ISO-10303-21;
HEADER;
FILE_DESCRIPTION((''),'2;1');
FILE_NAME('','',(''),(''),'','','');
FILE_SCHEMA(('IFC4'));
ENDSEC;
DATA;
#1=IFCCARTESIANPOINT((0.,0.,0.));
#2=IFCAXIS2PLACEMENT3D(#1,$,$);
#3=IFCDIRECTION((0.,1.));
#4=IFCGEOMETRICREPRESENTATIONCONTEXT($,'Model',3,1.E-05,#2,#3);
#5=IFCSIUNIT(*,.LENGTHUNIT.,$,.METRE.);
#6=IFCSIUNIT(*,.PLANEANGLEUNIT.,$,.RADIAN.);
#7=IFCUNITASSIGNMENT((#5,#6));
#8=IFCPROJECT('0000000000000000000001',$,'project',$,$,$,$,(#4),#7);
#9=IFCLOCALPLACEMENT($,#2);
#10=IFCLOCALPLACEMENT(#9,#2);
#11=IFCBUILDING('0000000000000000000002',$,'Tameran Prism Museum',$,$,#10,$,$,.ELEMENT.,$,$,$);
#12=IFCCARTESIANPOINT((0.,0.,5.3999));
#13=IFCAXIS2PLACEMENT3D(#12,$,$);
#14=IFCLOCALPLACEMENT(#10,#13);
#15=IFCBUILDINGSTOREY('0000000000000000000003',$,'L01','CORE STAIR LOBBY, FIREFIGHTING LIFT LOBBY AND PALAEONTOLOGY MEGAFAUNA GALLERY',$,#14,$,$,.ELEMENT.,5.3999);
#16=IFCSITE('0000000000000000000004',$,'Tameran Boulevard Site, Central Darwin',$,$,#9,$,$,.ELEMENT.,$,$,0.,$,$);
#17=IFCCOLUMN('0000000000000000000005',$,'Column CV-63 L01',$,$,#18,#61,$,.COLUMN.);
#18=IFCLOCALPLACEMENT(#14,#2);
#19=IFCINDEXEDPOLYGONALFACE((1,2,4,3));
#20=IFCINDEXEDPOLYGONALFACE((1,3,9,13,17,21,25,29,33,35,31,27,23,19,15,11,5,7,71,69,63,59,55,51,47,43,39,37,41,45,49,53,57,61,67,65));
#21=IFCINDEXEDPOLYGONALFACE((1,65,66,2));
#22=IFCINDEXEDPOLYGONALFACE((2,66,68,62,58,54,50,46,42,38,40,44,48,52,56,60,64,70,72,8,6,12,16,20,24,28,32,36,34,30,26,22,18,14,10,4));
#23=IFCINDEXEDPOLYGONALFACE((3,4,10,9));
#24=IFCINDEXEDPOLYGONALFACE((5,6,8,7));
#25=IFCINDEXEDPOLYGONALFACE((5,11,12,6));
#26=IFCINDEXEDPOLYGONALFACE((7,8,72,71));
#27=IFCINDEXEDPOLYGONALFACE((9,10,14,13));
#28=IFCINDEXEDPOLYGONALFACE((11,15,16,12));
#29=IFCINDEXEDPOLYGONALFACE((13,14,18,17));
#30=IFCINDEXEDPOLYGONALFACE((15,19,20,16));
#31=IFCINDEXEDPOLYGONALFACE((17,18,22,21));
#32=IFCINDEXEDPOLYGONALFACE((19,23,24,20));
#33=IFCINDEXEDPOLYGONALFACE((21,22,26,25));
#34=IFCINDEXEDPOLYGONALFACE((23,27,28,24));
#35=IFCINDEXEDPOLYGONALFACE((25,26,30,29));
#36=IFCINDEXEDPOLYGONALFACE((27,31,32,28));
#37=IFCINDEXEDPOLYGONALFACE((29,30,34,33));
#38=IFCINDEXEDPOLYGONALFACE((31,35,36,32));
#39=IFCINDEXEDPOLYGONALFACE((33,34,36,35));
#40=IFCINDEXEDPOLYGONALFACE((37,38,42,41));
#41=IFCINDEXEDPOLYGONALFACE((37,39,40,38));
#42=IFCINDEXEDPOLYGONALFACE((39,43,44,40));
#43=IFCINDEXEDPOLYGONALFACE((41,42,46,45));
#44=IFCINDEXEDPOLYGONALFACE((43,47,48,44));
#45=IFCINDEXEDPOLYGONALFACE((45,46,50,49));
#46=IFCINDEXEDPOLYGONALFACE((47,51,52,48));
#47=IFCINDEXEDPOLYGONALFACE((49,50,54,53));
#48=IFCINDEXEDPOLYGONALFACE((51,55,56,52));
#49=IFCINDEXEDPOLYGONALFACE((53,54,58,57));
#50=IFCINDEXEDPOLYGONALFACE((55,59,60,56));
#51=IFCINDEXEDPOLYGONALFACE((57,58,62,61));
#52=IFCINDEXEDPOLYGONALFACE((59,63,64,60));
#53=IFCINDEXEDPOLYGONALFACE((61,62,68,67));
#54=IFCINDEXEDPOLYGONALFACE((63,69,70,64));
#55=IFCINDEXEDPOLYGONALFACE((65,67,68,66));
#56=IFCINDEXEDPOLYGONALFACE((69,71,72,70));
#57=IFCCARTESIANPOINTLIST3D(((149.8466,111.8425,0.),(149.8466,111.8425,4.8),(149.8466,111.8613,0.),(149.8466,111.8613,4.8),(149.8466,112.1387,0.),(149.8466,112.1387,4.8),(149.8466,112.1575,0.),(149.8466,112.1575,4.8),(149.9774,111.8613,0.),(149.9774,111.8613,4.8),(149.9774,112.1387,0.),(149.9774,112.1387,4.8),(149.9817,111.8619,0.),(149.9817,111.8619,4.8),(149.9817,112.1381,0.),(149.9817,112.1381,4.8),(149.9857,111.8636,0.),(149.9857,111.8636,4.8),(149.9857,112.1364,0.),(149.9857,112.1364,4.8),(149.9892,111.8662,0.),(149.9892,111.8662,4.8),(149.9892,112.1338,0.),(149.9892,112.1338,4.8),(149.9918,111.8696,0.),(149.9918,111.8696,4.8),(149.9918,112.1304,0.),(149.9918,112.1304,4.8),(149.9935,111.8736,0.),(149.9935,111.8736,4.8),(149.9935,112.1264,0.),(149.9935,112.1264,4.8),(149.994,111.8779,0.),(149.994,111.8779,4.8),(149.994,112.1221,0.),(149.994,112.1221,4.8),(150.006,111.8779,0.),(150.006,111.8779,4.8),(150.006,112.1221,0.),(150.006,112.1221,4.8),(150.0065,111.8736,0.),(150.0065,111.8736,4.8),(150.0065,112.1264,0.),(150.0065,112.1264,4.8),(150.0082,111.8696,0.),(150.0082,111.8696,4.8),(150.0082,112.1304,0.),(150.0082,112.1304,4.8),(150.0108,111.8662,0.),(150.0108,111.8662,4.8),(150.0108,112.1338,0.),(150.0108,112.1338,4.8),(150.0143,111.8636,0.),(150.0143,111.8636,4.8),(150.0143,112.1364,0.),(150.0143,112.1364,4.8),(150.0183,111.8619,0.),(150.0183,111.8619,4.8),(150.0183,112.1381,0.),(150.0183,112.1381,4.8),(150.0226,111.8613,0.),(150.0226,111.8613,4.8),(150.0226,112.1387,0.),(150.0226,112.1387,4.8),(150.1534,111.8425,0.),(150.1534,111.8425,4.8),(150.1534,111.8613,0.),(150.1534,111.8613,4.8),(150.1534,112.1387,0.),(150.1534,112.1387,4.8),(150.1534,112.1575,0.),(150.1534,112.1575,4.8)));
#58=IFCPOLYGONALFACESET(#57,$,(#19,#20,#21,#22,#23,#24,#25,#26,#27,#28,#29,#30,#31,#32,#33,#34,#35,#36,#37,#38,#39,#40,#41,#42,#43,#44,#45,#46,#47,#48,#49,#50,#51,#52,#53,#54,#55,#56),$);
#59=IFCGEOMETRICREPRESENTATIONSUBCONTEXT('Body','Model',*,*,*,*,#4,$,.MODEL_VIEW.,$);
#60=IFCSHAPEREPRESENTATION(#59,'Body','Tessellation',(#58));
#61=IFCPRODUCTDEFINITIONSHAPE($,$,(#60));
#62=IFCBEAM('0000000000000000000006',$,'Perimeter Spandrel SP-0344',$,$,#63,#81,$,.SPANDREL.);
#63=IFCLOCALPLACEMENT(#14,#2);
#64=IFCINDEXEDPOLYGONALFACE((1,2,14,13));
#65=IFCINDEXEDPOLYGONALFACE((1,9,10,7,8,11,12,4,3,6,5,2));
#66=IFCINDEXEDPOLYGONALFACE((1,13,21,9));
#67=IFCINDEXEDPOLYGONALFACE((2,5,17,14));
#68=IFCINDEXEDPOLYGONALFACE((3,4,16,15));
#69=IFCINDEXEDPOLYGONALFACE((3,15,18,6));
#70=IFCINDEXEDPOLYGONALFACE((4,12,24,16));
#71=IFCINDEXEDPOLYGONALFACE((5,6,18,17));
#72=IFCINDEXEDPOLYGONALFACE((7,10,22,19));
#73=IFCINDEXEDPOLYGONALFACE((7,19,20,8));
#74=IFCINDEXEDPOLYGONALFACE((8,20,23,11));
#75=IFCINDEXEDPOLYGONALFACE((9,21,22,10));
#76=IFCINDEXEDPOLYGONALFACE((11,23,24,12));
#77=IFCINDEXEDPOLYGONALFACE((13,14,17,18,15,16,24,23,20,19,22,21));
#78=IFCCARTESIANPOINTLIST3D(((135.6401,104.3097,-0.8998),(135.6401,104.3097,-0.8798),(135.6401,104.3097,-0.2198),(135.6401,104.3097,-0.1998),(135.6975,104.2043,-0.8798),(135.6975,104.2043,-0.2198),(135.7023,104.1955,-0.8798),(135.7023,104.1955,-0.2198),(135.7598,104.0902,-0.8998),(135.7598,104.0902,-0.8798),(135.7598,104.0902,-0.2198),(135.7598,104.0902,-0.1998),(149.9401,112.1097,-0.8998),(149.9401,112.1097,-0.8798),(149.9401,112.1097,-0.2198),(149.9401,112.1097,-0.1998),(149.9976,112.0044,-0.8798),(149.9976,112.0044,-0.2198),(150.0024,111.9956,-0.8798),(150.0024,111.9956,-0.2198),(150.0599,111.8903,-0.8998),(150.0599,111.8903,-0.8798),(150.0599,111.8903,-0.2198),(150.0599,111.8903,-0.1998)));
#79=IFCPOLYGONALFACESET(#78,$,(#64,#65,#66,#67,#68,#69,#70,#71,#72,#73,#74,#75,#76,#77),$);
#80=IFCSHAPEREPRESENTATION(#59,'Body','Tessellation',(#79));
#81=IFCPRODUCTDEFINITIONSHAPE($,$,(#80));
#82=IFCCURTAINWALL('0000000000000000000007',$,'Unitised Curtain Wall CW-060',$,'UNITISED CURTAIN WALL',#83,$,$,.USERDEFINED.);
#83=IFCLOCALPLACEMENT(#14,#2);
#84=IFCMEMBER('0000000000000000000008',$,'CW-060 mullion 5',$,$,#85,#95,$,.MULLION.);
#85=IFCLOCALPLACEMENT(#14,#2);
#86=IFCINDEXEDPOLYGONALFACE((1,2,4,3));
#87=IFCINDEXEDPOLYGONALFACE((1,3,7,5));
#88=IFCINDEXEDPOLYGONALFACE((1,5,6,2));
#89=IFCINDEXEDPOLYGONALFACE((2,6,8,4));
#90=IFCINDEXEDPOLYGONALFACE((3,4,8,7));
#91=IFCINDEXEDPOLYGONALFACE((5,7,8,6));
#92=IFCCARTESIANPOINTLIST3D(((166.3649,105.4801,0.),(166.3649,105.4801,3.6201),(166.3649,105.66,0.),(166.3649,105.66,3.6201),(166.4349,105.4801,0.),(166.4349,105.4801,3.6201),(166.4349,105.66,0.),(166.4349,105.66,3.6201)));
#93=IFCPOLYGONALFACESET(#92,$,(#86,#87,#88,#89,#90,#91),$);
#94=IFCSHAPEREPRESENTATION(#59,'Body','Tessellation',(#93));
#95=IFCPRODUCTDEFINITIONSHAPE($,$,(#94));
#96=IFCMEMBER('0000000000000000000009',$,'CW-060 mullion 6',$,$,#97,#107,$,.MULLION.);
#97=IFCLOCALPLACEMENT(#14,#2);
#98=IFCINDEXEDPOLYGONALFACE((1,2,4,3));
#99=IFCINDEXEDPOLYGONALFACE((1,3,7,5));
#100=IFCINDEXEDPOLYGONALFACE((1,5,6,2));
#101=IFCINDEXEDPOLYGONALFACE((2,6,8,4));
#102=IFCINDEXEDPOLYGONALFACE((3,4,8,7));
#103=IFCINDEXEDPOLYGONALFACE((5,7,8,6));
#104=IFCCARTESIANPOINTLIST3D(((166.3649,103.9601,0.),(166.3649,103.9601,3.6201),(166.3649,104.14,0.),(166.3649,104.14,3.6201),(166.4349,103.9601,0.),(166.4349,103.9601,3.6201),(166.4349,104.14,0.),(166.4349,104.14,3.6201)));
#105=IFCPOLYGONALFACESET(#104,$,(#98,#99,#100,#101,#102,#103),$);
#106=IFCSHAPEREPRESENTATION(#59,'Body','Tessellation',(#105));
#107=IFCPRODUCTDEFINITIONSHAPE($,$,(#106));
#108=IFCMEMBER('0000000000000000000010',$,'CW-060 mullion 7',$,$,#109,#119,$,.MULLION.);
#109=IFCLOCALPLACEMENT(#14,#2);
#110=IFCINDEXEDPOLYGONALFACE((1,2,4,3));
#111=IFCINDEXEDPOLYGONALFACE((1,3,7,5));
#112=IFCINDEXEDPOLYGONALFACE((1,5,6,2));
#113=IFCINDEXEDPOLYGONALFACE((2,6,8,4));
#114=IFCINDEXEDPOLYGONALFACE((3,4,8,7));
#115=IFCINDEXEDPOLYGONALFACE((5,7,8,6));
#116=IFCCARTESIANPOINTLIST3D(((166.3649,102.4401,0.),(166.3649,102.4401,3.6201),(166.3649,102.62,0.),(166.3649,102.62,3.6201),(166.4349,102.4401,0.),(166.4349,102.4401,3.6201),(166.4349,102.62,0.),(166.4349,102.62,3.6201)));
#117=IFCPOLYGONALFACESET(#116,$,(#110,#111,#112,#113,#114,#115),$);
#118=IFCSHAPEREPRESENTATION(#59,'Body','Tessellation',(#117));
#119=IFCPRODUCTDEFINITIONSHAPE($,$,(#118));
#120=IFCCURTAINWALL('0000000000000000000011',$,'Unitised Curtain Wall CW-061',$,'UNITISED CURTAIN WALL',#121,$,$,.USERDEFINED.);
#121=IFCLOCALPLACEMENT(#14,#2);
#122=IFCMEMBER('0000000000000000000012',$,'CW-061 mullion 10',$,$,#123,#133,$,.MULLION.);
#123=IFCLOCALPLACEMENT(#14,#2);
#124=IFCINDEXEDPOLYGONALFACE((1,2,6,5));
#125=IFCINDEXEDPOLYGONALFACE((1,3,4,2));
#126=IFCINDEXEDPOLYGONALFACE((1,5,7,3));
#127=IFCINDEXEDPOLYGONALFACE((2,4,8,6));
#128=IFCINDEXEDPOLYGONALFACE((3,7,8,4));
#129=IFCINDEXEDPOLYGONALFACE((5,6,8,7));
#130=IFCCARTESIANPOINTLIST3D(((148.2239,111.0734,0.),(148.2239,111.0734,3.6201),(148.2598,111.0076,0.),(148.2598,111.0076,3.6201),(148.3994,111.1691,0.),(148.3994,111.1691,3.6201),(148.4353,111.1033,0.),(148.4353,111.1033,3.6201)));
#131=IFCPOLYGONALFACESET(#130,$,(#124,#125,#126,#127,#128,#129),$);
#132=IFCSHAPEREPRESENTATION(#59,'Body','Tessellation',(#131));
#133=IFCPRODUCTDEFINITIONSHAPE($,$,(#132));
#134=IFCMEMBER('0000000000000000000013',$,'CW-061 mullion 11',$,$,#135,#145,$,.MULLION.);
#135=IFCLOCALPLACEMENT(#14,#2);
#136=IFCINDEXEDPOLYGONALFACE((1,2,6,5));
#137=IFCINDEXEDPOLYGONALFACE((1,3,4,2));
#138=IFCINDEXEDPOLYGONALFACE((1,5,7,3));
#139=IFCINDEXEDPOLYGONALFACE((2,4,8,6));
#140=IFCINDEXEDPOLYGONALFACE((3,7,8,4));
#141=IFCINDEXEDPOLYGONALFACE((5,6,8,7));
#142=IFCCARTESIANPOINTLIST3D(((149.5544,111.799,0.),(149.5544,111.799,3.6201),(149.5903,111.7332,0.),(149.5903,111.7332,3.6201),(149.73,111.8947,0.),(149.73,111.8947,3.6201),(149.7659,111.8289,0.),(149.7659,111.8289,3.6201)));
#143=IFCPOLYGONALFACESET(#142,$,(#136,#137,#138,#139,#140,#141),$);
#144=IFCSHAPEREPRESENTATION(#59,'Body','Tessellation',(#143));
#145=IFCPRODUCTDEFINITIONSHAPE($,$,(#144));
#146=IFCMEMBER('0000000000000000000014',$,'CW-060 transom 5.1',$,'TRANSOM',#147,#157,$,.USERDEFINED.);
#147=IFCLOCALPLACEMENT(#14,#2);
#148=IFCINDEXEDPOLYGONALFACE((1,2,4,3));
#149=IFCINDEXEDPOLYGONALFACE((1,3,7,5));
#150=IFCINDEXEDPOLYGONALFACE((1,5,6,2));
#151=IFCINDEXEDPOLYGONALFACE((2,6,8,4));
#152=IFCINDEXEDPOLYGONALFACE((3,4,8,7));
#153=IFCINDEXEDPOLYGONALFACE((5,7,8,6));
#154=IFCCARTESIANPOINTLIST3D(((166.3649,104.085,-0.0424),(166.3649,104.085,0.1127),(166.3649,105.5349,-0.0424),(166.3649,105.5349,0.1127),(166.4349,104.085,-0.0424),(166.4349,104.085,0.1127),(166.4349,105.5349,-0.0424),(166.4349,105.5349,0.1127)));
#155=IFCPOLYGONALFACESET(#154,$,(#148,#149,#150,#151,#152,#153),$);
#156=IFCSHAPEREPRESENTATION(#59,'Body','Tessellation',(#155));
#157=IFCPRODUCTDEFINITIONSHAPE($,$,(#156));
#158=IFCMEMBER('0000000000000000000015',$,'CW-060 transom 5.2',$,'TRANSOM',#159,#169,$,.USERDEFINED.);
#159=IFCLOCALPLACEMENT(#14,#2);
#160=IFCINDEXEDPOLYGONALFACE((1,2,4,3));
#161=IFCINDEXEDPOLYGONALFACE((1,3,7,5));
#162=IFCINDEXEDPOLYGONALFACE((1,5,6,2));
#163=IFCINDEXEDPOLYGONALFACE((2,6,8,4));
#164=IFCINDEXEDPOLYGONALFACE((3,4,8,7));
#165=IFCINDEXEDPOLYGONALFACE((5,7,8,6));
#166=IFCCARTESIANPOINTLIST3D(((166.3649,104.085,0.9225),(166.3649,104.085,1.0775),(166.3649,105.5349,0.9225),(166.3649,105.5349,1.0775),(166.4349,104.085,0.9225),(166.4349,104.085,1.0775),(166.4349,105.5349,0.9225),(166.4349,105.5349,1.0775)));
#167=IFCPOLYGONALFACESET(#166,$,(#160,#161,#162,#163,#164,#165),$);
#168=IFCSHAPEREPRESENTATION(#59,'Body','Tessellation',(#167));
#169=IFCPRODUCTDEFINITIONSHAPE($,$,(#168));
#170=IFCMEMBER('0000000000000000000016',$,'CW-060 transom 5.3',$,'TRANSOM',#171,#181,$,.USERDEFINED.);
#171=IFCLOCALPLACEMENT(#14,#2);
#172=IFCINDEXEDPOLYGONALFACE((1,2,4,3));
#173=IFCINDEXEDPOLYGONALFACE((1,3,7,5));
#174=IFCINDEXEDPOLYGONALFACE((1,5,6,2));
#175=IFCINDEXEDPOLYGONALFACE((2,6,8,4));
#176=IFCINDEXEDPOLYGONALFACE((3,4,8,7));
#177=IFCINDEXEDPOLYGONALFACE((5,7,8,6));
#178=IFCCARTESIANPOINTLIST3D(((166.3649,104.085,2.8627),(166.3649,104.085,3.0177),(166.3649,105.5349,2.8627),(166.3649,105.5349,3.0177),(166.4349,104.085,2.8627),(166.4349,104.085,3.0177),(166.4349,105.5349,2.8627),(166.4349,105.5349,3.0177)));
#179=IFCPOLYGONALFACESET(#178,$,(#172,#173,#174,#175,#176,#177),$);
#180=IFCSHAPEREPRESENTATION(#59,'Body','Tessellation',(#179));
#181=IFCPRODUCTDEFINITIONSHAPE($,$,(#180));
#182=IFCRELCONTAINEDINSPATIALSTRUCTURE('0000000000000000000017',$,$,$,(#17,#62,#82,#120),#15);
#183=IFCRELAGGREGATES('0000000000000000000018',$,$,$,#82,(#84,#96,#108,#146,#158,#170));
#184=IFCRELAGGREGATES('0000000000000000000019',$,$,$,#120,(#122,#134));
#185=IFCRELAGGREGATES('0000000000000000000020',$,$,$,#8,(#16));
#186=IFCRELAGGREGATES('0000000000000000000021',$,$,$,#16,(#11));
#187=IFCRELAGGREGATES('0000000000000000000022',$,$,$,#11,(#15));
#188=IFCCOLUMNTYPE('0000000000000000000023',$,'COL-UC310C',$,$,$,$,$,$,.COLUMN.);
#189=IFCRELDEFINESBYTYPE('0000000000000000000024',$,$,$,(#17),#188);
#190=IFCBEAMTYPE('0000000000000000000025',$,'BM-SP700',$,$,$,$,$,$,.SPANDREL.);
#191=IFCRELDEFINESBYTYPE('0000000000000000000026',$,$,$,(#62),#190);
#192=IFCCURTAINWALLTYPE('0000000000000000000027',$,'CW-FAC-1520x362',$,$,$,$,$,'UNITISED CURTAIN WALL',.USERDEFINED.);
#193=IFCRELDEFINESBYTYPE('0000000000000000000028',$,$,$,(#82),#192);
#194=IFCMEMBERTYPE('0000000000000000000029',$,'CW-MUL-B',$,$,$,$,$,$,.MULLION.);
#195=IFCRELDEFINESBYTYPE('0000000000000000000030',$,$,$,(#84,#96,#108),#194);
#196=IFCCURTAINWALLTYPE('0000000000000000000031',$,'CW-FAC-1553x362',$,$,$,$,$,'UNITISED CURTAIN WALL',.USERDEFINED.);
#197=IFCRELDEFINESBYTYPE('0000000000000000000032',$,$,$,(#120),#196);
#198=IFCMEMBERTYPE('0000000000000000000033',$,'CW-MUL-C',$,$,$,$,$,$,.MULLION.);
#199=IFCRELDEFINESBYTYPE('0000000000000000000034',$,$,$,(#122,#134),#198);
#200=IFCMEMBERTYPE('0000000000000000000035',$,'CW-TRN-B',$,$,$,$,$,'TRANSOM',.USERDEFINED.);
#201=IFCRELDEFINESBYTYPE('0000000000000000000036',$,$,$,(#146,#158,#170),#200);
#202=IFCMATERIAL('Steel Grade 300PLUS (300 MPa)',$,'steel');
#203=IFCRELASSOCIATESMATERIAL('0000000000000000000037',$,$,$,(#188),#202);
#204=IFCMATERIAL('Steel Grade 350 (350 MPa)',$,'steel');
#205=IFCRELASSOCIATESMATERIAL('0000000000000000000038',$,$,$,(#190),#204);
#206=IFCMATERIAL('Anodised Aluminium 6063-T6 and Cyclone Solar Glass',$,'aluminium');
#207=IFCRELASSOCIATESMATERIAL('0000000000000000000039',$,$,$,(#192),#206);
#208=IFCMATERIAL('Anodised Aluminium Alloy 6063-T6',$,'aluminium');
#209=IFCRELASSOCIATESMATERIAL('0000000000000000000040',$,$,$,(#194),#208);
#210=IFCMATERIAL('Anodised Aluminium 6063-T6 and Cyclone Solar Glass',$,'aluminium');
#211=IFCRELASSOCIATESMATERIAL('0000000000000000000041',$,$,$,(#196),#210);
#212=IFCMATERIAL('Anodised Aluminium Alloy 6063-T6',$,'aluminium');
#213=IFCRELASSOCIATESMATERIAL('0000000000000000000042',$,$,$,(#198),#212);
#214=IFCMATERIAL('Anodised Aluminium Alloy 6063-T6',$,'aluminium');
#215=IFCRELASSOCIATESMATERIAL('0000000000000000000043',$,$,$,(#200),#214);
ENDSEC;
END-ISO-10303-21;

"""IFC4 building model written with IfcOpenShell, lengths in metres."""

from ifc_helpers import new_model, si_unit, direction, frame, origin, origin_2d, place, context, subcontext, project, spatial, rectangle, i_section, extrude, material, material_profile, profile_set, type_object, element, aggregate, save


model = new_model("IFC4")

# Units and contexts
model_context = context("Model", 3, precision=1e-05, world=origin(), true_north=direction((0.0, 1.0)))
body_context = subcontext(model_context, "Body", "Model", "MODEL_VIEW")
ifc_project = project(units=[si_unit("LENGTHUNIT", "METRE"), si_unit("PLANEANGLEUNIT", "RADIAN")], contexts=[model_context])

# Site, building, storey
site_placement = place(None, origin())
site = spatial("IfcSite", under=ifc_project, at=site_placement, Name="Tameran Boulevard Site, Central Darwin", CompositionType="ELEMENT", RefElevation=0.0)
building_placement = place(site_placement, origin())
building = spatial("IfcBuilding", under=site, at=building_placement, Name="Tameran Prism Museum", CompositionType="ELEMENT")
storey_placement = place(building_placement, frame((0.0, 0.0, 5.3999)))
storey = spatial("IfcBuildingStorey", under=building, at=storey_placement, Name="L01", Description="CORE STAIR LOBBY, FIREFIGHTING LIFT LOBBY AND PALAEONTOLOGY MEGAFAUNA GALLERY", CompositionType="ELEMENT", Elevation=5.3999)

# Column
ifc_material_1 = material(Name="Steel Grade 300PLUS (300 MPa)", Category="steel")
ifc_material_profile_1 = material_profile(ifc_material_1, i_section(OverallWidth=0.3069, OverallDepth=0.3149, WebThickness=0.012, FlangeThickness=0.0188, FilletRadius=0.0166, at=origin_2d()))
ifc_profile_set_1 = profile_set([ifc_material_profile_1])
column_type = type_object("IfcColumnType", Name="COL-UC310C", PredefinedType="COLUMN", material=ifc_profile_set_1)
column_placement = place(storey_placement, frame((150.0, 112.0, 0.0), z_axis=(0.0, 0.0, 1.0), x_axis=(1.0, 0.0, 0.0)))
element("IfcColumn", 1, at=column_placement, inside=storey, type_object=column_type, Name="Column CV-63 L01", PredefinedType="COLUMN", context=body_context, shape_type="SweptSolid", body=[
    extrude(i_section(OverallWidth=0.3069, OverallDepth=0.3149, WebThickness=0.012, FlangeThickness=0.0188, FilletRadius=0.0166, at=origin_2d()), origin(), (0.0, 0.0, 1.0), 4.8),
])

# Beam
ifc_material_2 = material(Name="Steel Grade 350 (350 MPa)", Category="steel")
ifc_material_profile_2 = material_profile(ifc_material_2, i_section(OverallWidth=0.25, OverallDepth=0.7, WebThickness=0.01, FlangeThickness=0.02, at=origin_2d()))
ifc_profile_set_2 = profile_set([ifc_material_profile_2])
beam_type = type_object("IfcBeamType", Name="BM-SP700", PredefinedType="SPANDREL", material=ifc_profile_set_2)
beam_placement = place(storey_placement, frame((150.0, 112.0, -0.5498), z_axis=(-0.877895, -0.478853, 0.0), x_axis=(0.478853, -0.877895, 0.0)))
element("IfcBeam", 2, at=beam_placement, inside=storey, type_object=beam_type, Name="Perimeter Spandrel SP-0344", PredefinedType="SPANDREL", context=body_context, shape_type="SweptSolid", body=[
    extrude(i_section(OverallWidth=0.25, OverallDepth=0.7, WebThickness=0.01, FlangeThickness=0.02, at=origin_2d()), origin(), (0.0, 0.0, 1.0), 16.2891),
])

# Curtain walls, members
ifc_material_3 = material(Name="Anodised Aluminium 6063-T6 and Cyclone Solar Glass", Category="aluminium")
curtain_wall_type_1 = type_object("IfcCurtainWallType", Name="CW-FAC-1520x362", ElementType="UNITISED CURTAIN WALL", PredefinedType="USERDEFINED", material=ifc_material_3)
curtain_wall_1_placement = place(storey_placement, origin())
curtain_wall_1 = element("IfcCurtainWall", 3, at=curtain_wall_1_placement, inside=storey, type_object=curtain_wall_type_1, Name="Unitised Curtain Wall CW-060", ObjectType="UNITISED CURTAIN WALL", PredefinedType="USERDEFINED")
ifc_material_4 = material(Name="Anodised Aluminium Alloy 6063-T6", Category="aluminium")
ifc_material_profile_3 = material_profile(ifc_material_4, rectangle(XDim=0.0701, YDim=0.1799, at=origin_2d()))
ifc_profile_set_3 = profile_set([ifc_material_profile_3])
member_type_1 = type_object("IfcMemberType", Name="CW-MUL-B", PredefinedType="MULLION", material=ifc_profile_set_3)
member_1_placement = place(storey_placement, frame((166.3999, 105.5701, 0.0), z_axis=(0.0, 0.0, 1.0), x_axis=(1.0, 0.0, 0.0)))
member_1 = element("IfcMember", 4, at=member_1_placement, type_object=member_type_1, Name="CW-060 mullion 5", PredefinedType="MULLION", context=body_context, shape_type="SweptSolid", body=[
    extrude(rectangle(XDim=0.0701, YDim=0.1799, at=origin_2d()), origin(), (0.0, 0.0, 1.0), 3.6201),
])
member_2_placement = place(storey_placement, frame((166.3999, 104.05, 0.0), z_axis=(0.0, 0.0, 1.0), x_axis=(1.0, 0.0, 0.0)))
member_2 = element("IfcMember", 5, at=member_2_placement, type_object=member_type_1, Name="CW-060 mullion 6", PredefinedType="MULLION", context=body_context, shape_type="SweptSolid", body=[
    extrude(rectangle(XDim=0.0701, YDim=0.1799, at=origin_2d()), origin(), (0.0, 0.0, 1.0), 3.6201),
])
member_3_placement = place(storey_placement, frame((166.3999, 102.53, 0.0), z_axis=(0.0, 0.0, 1.0), x_axis=(1.0, 0.0, 0.0)))
member_3 = element("IfcMember", 6, at=member_3_placement, type_object=member_type_1, Name="CW-060 mullion 7", PredefinedType="MULLION", context=body_context, shape_type="SweptSolid", body=[
    extrude(rectangle(XDim=0.0701, YDim=0.1799, at=origin_2d()), origin(), (0.0, 0.0, 1.0), 3.6201),
])
ifc_material_5 = material(Name="Anodised Aluminium 6063-T6 and Cyclone Solar Glass", Category="aluminium")
curtain_wall_type_2 = type_object("IfcCurtainWallType", Name="CW-FAC-1553x362", ElementType="UNITISED CURTAIN WALL", PredefinedType="USERDEFINED", material=ifc_material_5)
curtain_wall_2_placement = place(storey_placement, origin())
curtain_wall_2 = element("IfcCurtainWall", 7, at=curtain_wall_2_placement, inside=storey, type_object=curtain_wall_type_2, Name="Unitised Curtain Wall CW-061", ObjectType="UNITISED CURTAIN WALL", PredefinedType="USERDEFINED")
ifc_material_6 = material(Name="Anodised Aluminium Alloy 6063-T6", Category="aluminium")
ifc_material_profile_4 = material_profile(ifc_material_6, rectangle(XDim=0.075, YDim=0.2, at=origin_2d()))
ifc_profile_set_4 = profile_set([ifc_material_profile_4])
member_type_2 = type_object("IfcMemberType", Name="CW-MUL-C", PredefinedType="MULLION", material=ifc_profile_set_4)
member_4_placement = place(storey_placement, frame((148.3296, 111.0884, 0.0), z_axis=(0.0, 0.0, 1.0), x_axis=(-0.478793, 0.877928, 0.0)))
member_4 = element("IfcMember", 8, at=member_4_placement, type_object=member_type_2, Name="CW-061 mullion 10", PredefinedType="MULLION", context=body_context, shape_type="SweptSolid", body=[
    extrude(rectangle(XDim=0.075, YDim=0.2, at=origin_2d()), origin(), (0.0, 0.0, 1.0), 3.6201),
])
member_5_placement = place(storey_placement, frame((149.6602, 111.814, 0.0), z_axis=(0.0, 0.0, 1.0), x_axis=(-0.478793, 0.877928, 0.0)))
member_5 = element("IfcMember", 9, at=member_5_placement, type_object=member_type_2, Name="CW-061 mullion 11", PredefinedType="MULLION", context=body_context, shape_type="SweptSolid", body=[
    extrude(rectangle(XDim=0.075, YDim=0.2, at=origin_2d()), origin(), (0.0, 0.0, 1.0), 3.6201),
])

# Members
ifc_material_7 = material(Name="Anodised Aluminium Alloy 6063-T6", Category="aluminium")
ifc_material_profile_5 = material_profile(ifc_material_7, rectangle(XDim=0.0701, YDim=0.155, at=origin_2d()))
ifc_profile_set_5 = profile_set([ifc_material_profile_5])
member_type_3 = type_object("IfcMemberType", Name="CW-TRN-B", ElementType="TRANSOM", PredefinedType="USERDEFINED", material=ifc_profile_set_5)
member_6_placement = place(storey_placement, frame((166.3999, 105.5349, 0.0352), z_axis=(0.0, -1.0, 0.0), x_axis=(1.0, 0.0, 0.0)))
member_6 = element("IfcMember", 10, at=member_6_placement, type_object=member_type_3, Name="CW-060 transom 5.1", ObjectType="TRANSOM", PredefinedType="USERDEFINED", context=body_context, shape_type="SweptSolid", body=[
    extrude(rectangle(XDim=0.0701, YDim=0.155, at=origin_2d()), origin(), (0.0, 0.0, 1.0), 1.45),
])
member_7_placement = place(storey_placement, frame((166.3999, 105.5349, 1.0), z_axis=(0.0, -1.0, 0.0), x_axis=(1.0, 0.0, 0.0)))
member_7 = element("IfcMember", 11, at=member_7_placement, type_object=member_type_3, Name="CW-060 transom 5.2", ObjectType="TRANSOM", PredefinedType="USERDEFINED", context=body_context, shape_type="SweptSolid", body=[
    extrude(rectangle(XDim=0.0701, YDim=0.155, at=origin_2d()), origin(), (0.0, 0.0, 1.0), 1.45),
])
member_8_placement = place(storey_placement, frame((166.3999, 105.5349, 2.9402), z_axis=(0.0, -1.0, 0.0), x_axis=(1.0, 0.0, 0.0)))
member_8 = element("IfcMember", 12, at=member_8_placement, type_object=member_type_3, Name="CW-060 transom 5.3", ObjectType="TRANSOM", PredefinedType="USERDEFINED", context=body_context, shape_type="SweptSolid", body=[
    extrude(rectangle(XDim=0.0701, YDim=0.155, at=origin_2d()), origin(), (0.0, 0.0, 1.0), 1.45),
])

aggregate(curtain_wall_1, [member_1, member_2, member_3, member_6, member_7, member_8])
aggregate(curtain_wall_2, [member_4, member_5])

save(model, "model.ifc")
